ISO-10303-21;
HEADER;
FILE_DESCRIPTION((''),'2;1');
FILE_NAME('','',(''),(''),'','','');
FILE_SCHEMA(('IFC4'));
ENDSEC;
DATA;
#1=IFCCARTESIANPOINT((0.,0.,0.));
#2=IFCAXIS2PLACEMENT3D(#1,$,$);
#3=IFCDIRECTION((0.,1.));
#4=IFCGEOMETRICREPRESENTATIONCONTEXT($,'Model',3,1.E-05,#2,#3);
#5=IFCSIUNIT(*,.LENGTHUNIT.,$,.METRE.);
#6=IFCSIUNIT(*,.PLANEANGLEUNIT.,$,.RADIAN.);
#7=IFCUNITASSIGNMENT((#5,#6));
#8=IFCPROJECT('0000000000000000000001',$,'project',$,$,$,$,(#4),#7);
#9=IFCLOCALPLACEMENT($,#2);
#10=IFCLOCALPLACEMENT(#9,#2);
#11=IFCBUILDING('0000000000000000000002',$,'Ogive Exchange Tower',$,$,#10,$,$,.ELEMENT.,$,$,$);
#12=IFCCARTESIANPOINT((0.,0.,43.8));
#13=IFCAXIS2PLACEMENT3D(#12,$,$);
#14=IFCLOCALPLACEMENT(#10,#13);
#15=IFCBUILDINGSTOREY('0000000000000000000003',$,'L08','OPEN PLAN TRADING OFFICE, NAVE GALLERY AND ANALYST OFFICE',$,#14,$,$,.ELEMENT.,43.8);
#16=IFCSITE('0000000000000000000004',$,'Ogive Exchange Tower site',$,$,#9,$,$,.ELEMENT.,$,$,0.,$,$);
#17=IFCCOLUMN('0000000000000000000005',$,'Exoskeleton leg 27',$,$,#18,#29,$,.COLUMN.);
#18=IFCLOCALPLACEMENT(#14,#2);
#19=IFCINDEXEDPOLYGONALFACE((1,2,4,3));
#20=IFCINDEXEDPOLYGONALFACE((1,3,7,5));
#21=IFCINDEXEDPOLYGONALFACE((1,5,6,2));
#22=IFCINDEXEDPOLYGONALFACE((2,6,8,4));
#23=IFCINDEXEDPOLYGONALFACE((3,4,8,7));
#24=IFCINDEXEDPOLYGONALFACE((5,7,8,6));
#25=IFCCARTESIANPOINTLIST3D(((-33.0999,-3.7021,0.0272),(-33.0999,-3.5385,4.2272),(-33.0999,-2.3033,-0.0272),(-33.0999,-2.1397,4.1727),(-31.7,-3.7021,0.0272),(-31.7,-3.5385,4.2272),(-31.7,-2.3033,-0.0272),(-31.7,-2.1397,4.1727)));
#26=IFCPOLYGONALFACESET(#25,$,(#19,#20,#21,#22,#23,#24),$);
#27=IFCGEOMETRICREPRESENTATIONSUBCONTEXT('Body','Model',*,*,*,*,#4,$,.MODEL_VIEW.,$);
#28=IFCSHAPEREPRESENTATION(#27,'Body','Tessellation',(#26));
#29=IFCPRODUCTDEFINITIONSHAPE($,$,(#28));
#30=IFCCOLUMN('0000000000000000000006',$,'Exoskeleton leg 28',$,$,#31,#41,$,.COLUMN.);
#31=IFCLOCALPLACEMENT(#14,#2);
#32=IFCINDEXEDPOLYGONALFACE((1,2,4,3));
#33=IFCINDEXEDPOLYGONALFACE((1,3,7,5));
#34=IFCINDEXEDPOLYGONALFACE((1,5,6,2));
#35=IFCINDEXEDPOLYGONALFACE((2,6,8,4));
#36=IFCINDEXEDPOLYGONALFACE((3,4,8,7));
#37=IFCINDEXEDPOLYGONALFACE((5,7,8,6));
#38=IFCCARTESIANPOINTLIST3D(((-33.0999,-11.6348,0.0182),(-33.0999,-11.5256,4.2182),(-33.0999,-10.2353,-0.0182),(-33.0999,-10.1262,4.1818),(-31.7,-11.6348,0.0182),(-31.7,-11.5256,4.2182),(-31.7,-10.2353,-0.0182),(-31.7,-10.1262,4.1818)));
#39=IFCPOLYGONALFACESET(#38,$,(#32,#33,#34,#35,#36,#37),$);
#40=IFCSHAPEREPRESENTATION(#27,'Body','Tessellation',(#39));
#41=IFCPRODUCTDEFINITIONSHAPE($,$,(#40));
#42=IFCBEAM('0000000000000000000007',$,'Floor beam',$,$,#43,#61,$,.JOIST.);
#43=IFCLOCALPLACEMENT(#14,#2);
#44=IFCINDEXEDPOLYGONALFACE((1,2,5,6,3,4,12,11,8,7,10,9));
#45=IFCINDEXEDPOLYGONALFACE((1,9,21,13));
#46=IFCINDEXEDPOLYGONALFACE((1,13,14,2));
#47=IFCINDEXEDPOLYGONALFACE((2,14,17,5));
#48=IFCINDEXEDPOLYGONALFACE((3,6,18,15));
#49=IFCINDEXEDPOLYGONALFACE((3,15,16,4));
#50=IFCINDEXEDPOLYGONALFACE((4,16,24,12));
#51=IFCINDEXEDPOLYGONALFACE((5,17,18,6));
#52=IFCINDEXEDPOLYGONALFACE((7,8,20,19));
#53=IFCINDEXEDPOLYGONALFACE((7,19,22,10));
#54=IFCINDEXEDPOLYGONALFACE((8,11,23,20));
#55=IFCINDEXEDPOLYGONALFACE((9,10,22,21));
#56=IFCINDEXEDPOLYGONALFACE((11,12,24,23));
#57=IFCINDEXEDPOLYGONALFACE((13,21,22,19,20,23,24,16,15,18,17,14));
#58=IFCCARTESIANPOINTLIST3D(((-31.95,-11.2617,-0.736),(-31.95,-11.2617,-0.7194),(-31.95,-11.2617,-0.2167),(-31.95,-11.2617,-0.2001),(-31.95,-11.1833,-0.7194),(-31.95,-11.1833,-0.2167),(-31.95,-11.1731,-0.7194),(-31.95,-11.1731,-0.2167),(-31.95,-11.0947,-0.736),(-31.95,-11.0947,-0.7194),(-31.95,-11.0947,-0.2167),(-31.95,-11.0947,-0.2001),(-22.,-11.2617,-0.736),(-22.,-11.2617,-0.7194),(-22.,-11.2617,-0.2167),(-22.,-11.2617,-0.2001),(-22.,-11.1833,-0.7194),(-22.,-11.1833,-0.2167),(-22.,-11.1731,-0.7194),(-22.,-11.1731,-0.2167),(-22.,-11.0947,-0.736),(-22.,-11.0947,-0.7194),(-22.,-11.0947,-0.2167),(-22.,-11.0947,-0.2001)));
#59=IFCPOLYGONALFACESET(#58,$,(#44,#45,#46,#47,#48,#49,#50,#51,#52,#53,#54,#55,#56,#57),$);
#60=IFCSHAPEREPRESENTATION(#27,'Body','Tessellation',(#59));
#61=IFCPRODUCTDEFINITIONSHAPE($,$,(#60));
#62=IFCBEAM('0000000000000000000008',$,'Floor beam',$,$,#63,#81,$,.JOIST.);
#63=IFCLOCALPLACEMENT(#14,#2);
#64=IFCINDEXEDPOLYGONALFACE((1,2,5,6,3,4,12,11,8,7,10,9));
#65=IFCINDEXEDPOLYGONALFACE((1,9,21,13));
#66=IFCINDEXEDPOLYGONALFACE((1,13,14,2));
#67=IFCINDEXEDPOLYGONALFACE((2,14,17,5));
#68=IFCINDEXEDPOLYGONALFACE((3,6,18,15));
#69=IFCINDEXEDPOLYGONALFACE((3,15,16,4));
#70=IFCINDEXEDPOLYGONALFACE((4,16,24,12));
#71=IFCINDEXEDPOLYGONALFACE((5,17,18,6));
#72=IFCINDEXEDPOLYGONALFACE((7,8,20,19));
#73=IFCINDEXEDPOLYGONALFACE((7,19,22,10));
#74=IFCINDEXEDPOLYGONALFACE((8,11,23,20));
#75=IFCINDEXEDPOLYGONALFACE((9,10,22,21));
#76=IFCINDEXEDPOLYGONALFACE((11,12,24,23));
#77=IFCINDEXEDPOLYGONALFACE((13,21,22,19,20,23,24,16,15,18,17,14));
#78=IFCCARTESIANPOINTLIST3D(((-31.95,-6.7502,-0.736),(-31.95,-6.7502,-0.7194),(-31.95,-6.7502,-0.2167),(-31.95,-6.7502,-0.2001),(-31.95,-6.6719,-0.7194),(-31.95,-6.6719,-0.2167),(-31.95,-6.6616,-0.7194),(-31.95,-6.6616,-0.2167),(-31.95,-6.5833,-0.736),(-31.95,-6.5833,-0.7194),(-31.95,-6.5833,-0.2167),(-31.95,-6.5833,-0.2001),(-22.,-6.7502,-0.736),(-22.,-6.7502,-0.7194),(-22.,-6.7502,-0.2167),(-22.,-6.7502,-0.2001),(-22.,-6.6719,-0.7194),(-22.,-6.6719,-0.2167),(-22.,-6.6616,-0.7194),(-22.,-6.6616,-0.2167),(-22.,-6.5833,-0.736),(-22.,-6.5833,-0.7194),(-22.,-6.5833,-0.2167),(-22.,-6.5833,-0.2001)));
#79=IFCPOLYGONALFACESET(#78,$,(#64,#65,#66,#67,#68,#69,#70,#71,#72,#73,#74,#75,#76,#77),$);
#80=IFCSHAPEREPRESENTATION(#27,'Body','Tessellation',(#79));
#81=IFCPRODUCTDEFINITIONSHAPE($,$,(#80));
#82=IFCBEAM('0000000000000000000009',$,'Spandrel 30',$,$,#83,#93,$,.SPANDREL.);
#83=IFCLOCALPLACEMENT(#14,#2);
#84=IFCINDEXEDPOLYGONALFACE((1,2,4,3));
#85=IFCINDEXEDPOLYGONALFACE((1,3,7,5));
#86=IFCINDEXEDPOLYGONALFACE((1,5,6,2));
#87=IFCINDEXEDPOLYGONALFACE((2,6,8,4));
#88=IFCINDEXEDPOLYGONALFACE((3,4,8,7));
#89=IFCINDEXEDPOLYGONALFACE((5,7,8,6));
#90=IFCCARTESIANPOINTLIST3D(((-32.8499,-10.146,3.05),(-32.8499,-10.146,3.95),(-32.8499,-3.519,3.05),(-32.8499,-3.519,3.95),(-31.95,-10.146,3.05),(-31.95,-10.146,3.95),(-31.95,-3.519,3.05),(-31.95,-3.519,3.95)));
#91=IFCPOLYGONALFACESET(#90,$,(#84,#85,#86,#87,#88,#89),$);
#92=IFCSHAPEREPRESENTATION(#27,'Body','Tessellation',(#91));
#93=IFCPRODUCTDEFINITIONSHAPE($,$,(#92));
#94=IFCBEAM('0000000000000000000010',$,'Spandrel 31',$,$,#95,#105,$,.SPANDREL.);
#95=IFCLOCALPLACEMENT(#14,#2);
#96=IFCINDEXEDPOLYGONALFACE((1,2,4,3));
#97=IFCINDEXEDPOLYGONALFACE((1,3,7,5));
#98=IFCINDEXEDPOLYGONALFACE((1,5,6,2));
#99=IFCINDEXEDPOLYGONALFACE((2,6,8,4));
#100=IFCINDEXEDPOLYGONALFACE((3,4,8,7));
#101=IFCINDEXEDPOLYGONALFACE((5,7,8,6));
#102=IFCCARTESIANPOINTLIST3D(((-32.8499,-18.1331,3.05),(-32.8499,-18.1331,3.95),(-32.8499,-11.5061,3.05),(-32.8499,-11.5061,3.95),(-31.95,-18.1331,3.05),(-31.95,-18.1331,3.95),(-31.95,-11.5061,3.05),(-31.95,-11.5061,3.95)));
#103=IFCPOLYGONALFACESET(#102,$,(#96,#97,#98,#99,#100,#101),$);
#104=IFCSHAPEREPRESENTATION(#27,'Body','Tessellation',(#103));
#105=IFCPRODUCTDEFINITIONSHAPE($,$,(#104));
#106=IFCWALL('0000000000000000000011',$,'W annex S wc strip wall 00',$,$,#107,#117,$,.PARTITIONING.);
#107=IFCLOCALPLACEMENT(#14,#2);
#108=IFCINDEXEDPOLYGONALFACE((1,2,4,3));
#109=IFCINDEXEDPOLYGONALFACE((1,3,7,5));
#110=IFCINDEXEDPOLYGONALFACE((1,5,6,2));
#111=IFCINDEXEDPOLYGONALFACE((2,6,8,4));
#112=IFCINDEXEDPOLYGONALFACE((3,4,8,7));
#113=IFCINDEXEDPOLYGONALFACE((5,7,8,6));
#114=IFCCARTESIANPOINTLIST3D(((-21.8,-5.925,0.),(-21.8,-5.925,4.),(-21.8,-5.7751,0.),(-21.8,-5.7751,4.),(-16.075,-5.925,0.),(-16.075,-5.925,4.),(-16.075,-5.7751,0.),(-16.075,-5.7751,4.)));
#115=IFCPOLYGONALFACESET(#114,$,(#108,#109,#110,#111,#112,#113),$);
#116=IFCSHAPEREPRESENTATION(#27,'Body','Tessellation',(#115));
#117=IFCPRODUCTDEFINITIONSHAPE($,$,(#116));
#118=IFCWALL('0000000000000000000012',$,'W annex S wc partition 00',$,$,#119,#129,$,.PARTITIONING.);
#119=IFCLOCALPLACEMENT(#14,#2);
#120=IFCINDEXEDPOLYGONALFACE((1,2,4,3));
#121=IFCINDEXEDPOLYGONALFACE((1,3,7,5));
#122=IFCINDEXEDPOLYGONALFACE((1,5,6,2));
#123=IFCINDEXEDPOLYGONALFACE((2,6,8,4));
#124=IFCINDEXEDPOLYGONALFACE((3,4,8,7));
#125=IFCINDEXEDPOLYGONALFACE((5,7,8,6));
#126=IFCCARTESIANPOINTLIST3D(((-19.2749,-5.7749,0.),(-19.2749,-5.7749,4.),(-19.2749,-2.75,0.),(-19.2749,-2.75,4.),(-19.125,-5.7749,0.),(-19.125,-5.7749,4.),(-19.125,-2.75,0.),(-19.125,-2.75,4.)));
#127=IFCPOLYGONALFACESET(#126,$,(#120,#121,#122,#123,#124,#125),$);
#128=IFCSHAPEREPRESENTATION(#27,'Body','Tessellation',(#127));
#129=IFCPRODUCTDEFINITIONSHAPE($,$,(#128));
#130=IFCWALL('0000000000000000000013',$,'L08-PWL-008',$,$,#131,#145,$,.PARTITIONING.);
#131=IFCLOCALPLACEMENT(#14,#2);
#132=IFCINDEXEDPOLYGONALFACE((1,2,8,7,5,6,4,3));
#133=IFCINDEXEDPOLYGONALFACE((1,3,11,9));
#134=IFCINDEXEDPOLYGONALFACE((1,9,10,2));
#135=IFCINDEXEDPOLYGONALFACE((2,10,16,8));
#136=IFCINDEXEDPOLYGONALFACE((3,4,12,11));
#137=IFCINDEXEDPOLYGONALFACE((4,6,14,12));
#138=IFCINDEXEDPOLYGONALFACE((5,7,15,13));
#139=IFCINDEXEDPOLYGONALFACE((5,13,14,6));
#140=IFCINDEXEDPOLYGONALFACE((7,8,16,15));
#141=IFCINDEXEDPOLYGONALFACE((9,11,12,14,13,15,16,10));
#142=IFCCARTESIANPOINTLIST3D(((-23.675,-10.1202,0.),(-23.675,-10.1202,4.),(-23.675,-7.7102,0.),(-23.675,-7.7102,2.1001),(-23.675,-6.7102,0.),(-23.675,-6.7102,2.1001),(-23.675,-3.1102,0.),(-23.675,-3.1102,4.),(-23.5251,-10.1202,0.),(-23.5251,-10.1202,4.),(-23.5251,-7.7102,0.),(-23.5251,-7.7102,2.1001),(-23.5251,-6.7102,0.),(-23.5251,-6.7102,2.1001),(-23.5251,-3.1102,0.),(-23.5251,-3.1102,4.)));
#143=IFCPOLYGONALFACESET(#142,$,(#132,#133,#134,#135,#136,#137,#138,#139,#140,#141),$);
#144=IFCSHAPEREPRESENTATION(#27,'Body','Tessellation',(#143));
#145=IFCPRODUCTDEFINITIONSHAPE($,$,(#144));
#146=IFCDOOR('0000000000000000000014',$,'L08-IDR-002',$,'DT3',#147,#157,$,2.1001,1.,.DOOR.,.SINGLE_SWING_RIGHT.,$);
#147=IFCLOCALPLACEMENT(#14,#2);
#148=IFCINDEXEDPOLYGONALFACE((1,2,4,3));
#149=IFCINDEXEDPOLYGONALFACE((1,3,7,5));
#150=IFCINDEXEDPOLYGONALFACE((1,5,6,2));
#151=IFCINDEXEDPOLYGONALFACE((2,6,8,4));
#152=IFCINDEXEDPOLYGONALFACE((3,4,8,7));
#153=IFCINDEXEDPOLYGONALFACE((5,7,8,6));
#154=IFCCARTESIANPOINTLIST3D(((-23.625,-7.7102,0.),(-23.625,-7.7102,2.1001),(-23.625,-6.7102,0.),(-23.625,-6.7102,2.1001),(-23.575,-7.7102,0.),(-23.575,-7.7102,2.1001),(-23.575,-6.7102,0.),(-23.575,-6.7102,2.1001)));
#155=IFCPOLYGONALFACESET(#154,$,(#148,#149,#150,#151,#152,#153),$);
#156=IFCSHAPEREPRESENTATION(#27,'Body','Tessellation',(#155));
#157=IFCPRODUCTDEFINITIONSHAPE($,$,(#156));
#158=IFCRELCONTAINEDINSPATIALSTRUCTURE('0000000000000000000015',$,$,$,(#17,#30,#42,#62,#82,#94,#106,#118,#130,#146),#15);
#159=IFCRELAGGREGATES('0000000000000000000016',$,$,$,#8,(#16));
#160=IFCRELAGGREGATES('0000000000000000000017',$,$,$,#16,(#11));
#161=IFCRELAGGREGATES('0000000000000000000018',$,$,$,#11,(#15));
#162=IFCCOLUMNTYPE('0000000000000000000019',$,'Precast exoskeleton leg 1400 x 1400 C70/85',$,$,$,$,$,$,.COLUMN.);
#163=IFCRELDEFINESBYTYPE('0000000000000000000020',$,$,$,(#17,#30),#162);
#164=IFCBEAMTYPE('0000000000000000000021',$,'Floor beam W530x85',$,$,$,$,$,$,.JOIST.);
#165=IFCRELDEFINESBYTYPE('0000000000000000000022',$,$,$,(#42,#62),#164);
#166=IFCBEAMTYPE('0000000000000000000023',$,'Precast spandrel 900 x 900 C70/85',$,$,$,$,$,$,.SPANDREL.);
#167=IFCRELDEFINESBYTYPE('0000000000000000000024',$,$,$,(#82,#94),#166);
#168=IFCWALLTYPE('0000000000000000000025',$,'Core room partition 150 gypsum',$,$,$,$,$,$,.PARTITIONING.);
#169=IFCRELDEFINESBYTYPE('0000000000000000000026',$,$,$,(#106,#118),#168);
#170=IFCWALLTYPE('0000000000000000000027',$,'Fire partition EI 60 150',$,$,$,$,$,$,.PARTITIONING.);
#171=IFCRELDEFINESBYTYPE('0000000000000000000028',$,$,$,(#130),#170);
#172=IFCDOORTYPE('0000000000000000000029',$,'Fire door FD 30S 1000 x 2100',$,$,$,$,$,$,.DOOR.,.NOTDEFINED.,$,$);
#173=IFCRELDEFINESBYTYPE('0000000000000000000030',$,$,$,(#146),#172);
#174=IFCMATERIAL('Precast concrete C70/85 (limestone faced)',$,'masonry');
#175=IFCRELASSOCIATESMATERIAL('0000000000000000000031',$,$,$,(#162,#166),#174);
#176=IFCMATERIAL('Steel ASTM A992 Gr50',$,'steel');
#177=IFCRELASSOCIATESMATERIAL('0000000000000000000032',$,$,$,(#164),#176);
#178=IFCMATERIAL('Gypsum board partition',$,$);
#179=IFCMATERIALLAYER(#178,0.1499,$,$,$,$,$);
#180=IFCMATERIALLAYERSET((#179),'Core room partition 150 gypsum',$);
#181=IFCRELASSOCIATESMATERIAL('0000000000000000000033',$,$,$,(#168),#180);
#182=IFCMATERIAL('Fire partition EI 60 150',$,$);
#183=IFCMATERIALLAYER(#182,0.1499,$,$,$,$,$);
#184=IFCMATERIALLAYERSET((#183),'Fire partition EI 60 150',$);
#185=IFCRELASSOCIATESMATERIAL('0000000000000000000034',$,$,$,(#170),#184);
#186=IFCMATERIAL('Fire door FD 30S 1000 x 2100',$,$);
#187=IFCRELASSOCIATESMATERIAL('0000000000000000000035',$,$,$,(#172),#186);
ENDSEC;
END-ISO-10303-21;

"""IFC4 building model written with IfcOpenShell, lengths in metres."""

from ifc_helpers import new_model, si_unit, direction, frame, frame_2d, origin, origin_2d, place, context, subcontext, project, spatial, rectangle, i_section, extrude, material, layer, layer_set, material_profile, profile_set, type_object, element, fill, save


model = new_model("IFC4")

# Units and contexts
model_context = context("Model", 3, precision=1e-05, world=origin(), true_north=direction((0.0, 1.0)))
body_context = subcontext(model_context, "Body", "Model", "MODEL_VIEW")
ifc_project = project(units=[si_unit("LENGTHUNIT", "METRE"), si_unit("PLANEANGLEUNIT", "RADIAN")], contexts=[model_context])

# Site, building, storey
site_placement = place(None, origin())
site = spatial("IfcSite", under=ifc_project, at=site_placement, Name="Ogive Exchange Tower site", CompositionType="ELEMENT", RefElevation=0.0)
building_placement = place(site_placement, origin())
building = spatial("IfcBuilding", under=site, at=building_placement, Name="Ogive Exchange Tower", CompositionType="ELEMENT")
storey_placement = place(building_placement, frame((0.0, 0.0, 43.8)))
storey = spatial("IfcBuildingStorey", under=building, at=storey_placement, Name="L08", Description="OPEN PLAN TRADING OFFICE, NAVE GALLERY AND ANALYST OFFICE", CompositionType="ELEMENT", Elevation=43.8)

# Columns
ifc_material_1 = material(Name="Precast concrete C70/85 (limestone faced)", Category="masonry")
ifc_material_profile_1 = material_profile(ifc_material_1, rectangle(XDim=1.3999, YDim=1.3999, at=origin_2d()), Name="1400 x 1400")
ifc_profile_set_1 = profile_set([ifc_material_profile_1], Name="Precast concrete C70/85 (limestone faced)")
column_type = type_object("IfcColumnType", Name="Precast exoskeleton leg 1400 x 1400 C70/85", PredefinedType="COLUMN", material=ifc_profile_set_1)
column_1_placement = place(storey_placement, frame((-32.3999, -3.0027, 0.0), z_axis=(0.0, 0.038917, 0.999242), x_axis=(-1.0, 0.0, 0.0)))
element("IfcColumn", 1, at=column_1_placement, inside=storey, type_object=column_type, Name="Exoskeleton leg 27", PredefinedType="COLUMN", context=body_context, shape_type="SweptSolid", body=[
    extrude(rectangle(XDim=1.3999, YDim=1.3999, at=origin_2d()), origin(), (0.0, 0.0, 1.0), 4.2031),
])
column_2_placement = place(storey_placement, frame((-32.3999, -10.9351, 0.0), z_axis=(0.0, 0.025975, 0.999663), x_axis=(-1.0, 0.0, 0.0)))
element("IfcColumn", 2, at=column_2_placement, inside=storey, type_object=column_type, Name="Exoskeleton leg 28", PredefinedType="COLUMN", context=body_context, shape_type="SweptSolid", body=[
    extrude(rectangle(XDim=1.3999, YDim=1.3999, at=origin_2d()), origin(), (0.0, 0.0, 1.0), 4.2014),
])

# Beams
ifc_material_2 = material(Name="Steel ASTM A992 Gr50", Category="steel")
ifc_material_profile_2 = material_profile(ifc_material_2, i_section(OverallWidth=0.167, OverallDepth=0.5359, WebThickness=0.0103, FlangeThickness=0.0166, at=origin_2d()), Name="W530x85")
ifc_profile_set_2 = profile_set([ifc_material_profile_2], Name="Steel ASTM A992 Gr50")
beam_type_1 = type_object("IfcBeamType", Name="Floor beam W530x85", PredefinedType="JOIST", material=ifc_profile_set_2)
for number, where, z_axis, x_axis, name in (
    (3, (-31.95, -11.1782, -0.468), (1.0, 0.0, 0.0), (0.0, 1.0, 0.0), "Floor beam"),
    (4, (-31.95, -6.6667, -0.468), (1.0, 0.0, 0.0), (0.0, 1.0, 0.0), "Floor beam"),
):
    element("IfcBeam", number, at=place(storey_placement, frame(where, z_axis=z_axis, x_axis=x_axis)), inside=storey, type_object=beam_type_1, Name=name, PredefinedType="JOIST", context=body_context, shape_type="SweptSolid", body=[
        extrude(i_section(OverallWidth=0.167, OverallDepth=0.5359, WebThickness=0.0103, FlangeThickness=0.0166, at=origin_2d()), origin(), (0.0, 0.0, 1.0), 9.95),
    ])
ifc_material_profile_3 = material_profile(ifc_material_1, rectangle(XDim=0.8999, YDim=0.8999, at=origin_2d()), Name="900 x 900")
ifc_profile_set_3 = profile_set([ifc_material_profile_3], Name="Precast concrete C70/85 (limestone faced)")
beam_type_2 = type_object("IfcBeamType", Name="Precast spandrel 900 x 900 C70/85", PredefinedType="SPANDREL", material=ifc_profile_set_3)
for number, where, z_axis, x_axis, name in (
    (5, (-32.3999, -3.519, 3.5), (0.0, -1.0, 0.0), (1.0, 0.0, 0.0), "Spandrel 30"),
    (6, (-32.3999, -11.5061, 3.5), (0.0, -1.0, 0.0), (1.0, 0.0, 0.0), "Spandrel 31"),
):
    element("IfcBeam", number, at=place(storey_placement, frame(where, z_axis=z_axis, x_axis=x_axis)), inside=storey, type_object=beam_type_2, Name=name, PredefinedType="SPANDREL", context=body_context, shape_type="SweptSolid", body=[
        extrude(rectangle(XDim=0.8999, YDim=0.8999, at=origin_2d()), origin(), (0.0, 0.0, 1.0), 6.627),
    ])

# Walls
ifc_material_3 = material(Name="Gypsum board partition")
ifc_layer_1 = layer(ifc_material_3, 0.1499)
ifc_layer_set_1 = layer_set([ifc_layer_1], Name="Core room partition 150 gypsum")
wall_type_1 = type_object("IfcWallType", Name="Core room partition 150 gypsum", PredefinedType="PARTITIONING", material=ifc_layer_set_1)
wall_1_placement = place(storey_placement, frame((-21.8, -5.8501, 0.0), z_axis=(0.0, 0.0, 1.0), x_axis=(1.0, 0.0, 0.0)))
element("IfcWall", 7, at=wall_1_placement, inside=storey, type_object=wall_type_1, Name="W annex S wc strip wall 00", PredefinedType="PARTITIONING", context=body_context, shape_type="SweptSolid", body=[
    extrude(rectangle(XDim=5.7251, YDim=0.1499, at=frame_2d((2.8625, 0.0))), origin(), (0.0, 0.0, 1.0), 4.0),
])
wall_2_placement = place(storey_placement, frame((-19.2, -5.7749, 0.0), z_axis=(0.0, 0.0, 1.0), x_axis=(0.0, 1.0, 0.0)))
element("IfcWall", 8, at=wall_2_placement, inside=storey, type_object=wall_type_1, Name="W annex S wc partition 00", PredefinedType="PARTITIONING", context=body_context, shape_type="SweptSolid", body=[
    extrude(rectangle(XDim=3.0249, YDim=0.1499, at=frame_2d((1.5125, 0.0))), origin(), (0.0, 0.0, 1.0), 4.0),
])

# Wall, opening, door
ifc_material_4 = material(Name="Fire partition EI 60 150")
ifc_layer_2 = layer(ifc_material_4, 0.1499)
ifc_layer_set_2 = layer_set([ifc_layer_2], Name="Fire partition EI 60 150")
wall_type_2 = type_object("IfcWallType", Name="Fire partition EI 60 150", PredefinedType="PARTITIONING", material=ifc_layer_set_2)
wall_3_placement = place(storey_placement, frame((-23.6001, -10.1201, 0.0), z_axis=(0.0, 0.0, 1.0), x_axis=(0.0, 1.0, 0.0)))
wall_3 = element("IfcWall", 9, at=wall_3_placement, inside=storey, type_object=wall_type_2, Name="L08-PWL-008", PredefinedType="PARTITIONING", context=body_context, shape_type="SweptSolid", body=[
    extrude(rectangle(XDim=7.01, YDim=0.1499, at=frame_2d((3.5049, 0.0))), origin(), (0.0, 0.0, 1.0), 4.0),
])
opening_1_placement = place(wall_3_placement, frame((2.4099, 0.0, 0.0)))
opening_1 = element("IfcOpeningElement", 10, at=opening_1_placement, cuts=wall_3, PredefinedType="OPENING", context=body_context, shape_type="SweptSolid", body=[
    extrude(rectangle(XDim=1.0, YDim=2.1001, at=frame_2d((0.5, 1.05))), frame((0.0, 0.085, 0.0), z_axis=(0.0, -1.0, 0.0), x_axis=(1.0, 0.0, 0.0)), (0.0, 0.0, 1.0), 0.1699),
])
ifc_material_5 = material(Name="Fire door FD 30S 1000 x 2100")
door_type_1 = type_object("IfcDoorType", Name="Fire door FD 30S 1000 x 2100", OperationType="NOTDEFINED", PredefinedType="DOOR", material=ifc_material_5)
door_1_placement = place(opening_1_placement, origin())
door_1 = element("IfcDoor", 11, at=door_1_placement, inside=storey, type_object=door_type_1, Name="L08-IDR-002", ObjectType="DT3", OperationType="SINGLE_SWING_RIGHT", OverallHeight=2.1001, OverallWidth=1.0, PredefinedType="DOOR", context=body_context, shape_type="SweptSolid", body=[
    extrude(rectangle(XDim=1.0, YDim=2.1001, at=frame_2d((0.5, 1.05))), frame((0.0, 0.0249, 0.0), z_axis=(0.0, -1.0, 0.0), x_axis=(1.0, 0.0, 0.0)), (0.0, 0.0, 1.0), 0.05),
])
fill(opening_1, door_1)

save(model, "model.ifc")
